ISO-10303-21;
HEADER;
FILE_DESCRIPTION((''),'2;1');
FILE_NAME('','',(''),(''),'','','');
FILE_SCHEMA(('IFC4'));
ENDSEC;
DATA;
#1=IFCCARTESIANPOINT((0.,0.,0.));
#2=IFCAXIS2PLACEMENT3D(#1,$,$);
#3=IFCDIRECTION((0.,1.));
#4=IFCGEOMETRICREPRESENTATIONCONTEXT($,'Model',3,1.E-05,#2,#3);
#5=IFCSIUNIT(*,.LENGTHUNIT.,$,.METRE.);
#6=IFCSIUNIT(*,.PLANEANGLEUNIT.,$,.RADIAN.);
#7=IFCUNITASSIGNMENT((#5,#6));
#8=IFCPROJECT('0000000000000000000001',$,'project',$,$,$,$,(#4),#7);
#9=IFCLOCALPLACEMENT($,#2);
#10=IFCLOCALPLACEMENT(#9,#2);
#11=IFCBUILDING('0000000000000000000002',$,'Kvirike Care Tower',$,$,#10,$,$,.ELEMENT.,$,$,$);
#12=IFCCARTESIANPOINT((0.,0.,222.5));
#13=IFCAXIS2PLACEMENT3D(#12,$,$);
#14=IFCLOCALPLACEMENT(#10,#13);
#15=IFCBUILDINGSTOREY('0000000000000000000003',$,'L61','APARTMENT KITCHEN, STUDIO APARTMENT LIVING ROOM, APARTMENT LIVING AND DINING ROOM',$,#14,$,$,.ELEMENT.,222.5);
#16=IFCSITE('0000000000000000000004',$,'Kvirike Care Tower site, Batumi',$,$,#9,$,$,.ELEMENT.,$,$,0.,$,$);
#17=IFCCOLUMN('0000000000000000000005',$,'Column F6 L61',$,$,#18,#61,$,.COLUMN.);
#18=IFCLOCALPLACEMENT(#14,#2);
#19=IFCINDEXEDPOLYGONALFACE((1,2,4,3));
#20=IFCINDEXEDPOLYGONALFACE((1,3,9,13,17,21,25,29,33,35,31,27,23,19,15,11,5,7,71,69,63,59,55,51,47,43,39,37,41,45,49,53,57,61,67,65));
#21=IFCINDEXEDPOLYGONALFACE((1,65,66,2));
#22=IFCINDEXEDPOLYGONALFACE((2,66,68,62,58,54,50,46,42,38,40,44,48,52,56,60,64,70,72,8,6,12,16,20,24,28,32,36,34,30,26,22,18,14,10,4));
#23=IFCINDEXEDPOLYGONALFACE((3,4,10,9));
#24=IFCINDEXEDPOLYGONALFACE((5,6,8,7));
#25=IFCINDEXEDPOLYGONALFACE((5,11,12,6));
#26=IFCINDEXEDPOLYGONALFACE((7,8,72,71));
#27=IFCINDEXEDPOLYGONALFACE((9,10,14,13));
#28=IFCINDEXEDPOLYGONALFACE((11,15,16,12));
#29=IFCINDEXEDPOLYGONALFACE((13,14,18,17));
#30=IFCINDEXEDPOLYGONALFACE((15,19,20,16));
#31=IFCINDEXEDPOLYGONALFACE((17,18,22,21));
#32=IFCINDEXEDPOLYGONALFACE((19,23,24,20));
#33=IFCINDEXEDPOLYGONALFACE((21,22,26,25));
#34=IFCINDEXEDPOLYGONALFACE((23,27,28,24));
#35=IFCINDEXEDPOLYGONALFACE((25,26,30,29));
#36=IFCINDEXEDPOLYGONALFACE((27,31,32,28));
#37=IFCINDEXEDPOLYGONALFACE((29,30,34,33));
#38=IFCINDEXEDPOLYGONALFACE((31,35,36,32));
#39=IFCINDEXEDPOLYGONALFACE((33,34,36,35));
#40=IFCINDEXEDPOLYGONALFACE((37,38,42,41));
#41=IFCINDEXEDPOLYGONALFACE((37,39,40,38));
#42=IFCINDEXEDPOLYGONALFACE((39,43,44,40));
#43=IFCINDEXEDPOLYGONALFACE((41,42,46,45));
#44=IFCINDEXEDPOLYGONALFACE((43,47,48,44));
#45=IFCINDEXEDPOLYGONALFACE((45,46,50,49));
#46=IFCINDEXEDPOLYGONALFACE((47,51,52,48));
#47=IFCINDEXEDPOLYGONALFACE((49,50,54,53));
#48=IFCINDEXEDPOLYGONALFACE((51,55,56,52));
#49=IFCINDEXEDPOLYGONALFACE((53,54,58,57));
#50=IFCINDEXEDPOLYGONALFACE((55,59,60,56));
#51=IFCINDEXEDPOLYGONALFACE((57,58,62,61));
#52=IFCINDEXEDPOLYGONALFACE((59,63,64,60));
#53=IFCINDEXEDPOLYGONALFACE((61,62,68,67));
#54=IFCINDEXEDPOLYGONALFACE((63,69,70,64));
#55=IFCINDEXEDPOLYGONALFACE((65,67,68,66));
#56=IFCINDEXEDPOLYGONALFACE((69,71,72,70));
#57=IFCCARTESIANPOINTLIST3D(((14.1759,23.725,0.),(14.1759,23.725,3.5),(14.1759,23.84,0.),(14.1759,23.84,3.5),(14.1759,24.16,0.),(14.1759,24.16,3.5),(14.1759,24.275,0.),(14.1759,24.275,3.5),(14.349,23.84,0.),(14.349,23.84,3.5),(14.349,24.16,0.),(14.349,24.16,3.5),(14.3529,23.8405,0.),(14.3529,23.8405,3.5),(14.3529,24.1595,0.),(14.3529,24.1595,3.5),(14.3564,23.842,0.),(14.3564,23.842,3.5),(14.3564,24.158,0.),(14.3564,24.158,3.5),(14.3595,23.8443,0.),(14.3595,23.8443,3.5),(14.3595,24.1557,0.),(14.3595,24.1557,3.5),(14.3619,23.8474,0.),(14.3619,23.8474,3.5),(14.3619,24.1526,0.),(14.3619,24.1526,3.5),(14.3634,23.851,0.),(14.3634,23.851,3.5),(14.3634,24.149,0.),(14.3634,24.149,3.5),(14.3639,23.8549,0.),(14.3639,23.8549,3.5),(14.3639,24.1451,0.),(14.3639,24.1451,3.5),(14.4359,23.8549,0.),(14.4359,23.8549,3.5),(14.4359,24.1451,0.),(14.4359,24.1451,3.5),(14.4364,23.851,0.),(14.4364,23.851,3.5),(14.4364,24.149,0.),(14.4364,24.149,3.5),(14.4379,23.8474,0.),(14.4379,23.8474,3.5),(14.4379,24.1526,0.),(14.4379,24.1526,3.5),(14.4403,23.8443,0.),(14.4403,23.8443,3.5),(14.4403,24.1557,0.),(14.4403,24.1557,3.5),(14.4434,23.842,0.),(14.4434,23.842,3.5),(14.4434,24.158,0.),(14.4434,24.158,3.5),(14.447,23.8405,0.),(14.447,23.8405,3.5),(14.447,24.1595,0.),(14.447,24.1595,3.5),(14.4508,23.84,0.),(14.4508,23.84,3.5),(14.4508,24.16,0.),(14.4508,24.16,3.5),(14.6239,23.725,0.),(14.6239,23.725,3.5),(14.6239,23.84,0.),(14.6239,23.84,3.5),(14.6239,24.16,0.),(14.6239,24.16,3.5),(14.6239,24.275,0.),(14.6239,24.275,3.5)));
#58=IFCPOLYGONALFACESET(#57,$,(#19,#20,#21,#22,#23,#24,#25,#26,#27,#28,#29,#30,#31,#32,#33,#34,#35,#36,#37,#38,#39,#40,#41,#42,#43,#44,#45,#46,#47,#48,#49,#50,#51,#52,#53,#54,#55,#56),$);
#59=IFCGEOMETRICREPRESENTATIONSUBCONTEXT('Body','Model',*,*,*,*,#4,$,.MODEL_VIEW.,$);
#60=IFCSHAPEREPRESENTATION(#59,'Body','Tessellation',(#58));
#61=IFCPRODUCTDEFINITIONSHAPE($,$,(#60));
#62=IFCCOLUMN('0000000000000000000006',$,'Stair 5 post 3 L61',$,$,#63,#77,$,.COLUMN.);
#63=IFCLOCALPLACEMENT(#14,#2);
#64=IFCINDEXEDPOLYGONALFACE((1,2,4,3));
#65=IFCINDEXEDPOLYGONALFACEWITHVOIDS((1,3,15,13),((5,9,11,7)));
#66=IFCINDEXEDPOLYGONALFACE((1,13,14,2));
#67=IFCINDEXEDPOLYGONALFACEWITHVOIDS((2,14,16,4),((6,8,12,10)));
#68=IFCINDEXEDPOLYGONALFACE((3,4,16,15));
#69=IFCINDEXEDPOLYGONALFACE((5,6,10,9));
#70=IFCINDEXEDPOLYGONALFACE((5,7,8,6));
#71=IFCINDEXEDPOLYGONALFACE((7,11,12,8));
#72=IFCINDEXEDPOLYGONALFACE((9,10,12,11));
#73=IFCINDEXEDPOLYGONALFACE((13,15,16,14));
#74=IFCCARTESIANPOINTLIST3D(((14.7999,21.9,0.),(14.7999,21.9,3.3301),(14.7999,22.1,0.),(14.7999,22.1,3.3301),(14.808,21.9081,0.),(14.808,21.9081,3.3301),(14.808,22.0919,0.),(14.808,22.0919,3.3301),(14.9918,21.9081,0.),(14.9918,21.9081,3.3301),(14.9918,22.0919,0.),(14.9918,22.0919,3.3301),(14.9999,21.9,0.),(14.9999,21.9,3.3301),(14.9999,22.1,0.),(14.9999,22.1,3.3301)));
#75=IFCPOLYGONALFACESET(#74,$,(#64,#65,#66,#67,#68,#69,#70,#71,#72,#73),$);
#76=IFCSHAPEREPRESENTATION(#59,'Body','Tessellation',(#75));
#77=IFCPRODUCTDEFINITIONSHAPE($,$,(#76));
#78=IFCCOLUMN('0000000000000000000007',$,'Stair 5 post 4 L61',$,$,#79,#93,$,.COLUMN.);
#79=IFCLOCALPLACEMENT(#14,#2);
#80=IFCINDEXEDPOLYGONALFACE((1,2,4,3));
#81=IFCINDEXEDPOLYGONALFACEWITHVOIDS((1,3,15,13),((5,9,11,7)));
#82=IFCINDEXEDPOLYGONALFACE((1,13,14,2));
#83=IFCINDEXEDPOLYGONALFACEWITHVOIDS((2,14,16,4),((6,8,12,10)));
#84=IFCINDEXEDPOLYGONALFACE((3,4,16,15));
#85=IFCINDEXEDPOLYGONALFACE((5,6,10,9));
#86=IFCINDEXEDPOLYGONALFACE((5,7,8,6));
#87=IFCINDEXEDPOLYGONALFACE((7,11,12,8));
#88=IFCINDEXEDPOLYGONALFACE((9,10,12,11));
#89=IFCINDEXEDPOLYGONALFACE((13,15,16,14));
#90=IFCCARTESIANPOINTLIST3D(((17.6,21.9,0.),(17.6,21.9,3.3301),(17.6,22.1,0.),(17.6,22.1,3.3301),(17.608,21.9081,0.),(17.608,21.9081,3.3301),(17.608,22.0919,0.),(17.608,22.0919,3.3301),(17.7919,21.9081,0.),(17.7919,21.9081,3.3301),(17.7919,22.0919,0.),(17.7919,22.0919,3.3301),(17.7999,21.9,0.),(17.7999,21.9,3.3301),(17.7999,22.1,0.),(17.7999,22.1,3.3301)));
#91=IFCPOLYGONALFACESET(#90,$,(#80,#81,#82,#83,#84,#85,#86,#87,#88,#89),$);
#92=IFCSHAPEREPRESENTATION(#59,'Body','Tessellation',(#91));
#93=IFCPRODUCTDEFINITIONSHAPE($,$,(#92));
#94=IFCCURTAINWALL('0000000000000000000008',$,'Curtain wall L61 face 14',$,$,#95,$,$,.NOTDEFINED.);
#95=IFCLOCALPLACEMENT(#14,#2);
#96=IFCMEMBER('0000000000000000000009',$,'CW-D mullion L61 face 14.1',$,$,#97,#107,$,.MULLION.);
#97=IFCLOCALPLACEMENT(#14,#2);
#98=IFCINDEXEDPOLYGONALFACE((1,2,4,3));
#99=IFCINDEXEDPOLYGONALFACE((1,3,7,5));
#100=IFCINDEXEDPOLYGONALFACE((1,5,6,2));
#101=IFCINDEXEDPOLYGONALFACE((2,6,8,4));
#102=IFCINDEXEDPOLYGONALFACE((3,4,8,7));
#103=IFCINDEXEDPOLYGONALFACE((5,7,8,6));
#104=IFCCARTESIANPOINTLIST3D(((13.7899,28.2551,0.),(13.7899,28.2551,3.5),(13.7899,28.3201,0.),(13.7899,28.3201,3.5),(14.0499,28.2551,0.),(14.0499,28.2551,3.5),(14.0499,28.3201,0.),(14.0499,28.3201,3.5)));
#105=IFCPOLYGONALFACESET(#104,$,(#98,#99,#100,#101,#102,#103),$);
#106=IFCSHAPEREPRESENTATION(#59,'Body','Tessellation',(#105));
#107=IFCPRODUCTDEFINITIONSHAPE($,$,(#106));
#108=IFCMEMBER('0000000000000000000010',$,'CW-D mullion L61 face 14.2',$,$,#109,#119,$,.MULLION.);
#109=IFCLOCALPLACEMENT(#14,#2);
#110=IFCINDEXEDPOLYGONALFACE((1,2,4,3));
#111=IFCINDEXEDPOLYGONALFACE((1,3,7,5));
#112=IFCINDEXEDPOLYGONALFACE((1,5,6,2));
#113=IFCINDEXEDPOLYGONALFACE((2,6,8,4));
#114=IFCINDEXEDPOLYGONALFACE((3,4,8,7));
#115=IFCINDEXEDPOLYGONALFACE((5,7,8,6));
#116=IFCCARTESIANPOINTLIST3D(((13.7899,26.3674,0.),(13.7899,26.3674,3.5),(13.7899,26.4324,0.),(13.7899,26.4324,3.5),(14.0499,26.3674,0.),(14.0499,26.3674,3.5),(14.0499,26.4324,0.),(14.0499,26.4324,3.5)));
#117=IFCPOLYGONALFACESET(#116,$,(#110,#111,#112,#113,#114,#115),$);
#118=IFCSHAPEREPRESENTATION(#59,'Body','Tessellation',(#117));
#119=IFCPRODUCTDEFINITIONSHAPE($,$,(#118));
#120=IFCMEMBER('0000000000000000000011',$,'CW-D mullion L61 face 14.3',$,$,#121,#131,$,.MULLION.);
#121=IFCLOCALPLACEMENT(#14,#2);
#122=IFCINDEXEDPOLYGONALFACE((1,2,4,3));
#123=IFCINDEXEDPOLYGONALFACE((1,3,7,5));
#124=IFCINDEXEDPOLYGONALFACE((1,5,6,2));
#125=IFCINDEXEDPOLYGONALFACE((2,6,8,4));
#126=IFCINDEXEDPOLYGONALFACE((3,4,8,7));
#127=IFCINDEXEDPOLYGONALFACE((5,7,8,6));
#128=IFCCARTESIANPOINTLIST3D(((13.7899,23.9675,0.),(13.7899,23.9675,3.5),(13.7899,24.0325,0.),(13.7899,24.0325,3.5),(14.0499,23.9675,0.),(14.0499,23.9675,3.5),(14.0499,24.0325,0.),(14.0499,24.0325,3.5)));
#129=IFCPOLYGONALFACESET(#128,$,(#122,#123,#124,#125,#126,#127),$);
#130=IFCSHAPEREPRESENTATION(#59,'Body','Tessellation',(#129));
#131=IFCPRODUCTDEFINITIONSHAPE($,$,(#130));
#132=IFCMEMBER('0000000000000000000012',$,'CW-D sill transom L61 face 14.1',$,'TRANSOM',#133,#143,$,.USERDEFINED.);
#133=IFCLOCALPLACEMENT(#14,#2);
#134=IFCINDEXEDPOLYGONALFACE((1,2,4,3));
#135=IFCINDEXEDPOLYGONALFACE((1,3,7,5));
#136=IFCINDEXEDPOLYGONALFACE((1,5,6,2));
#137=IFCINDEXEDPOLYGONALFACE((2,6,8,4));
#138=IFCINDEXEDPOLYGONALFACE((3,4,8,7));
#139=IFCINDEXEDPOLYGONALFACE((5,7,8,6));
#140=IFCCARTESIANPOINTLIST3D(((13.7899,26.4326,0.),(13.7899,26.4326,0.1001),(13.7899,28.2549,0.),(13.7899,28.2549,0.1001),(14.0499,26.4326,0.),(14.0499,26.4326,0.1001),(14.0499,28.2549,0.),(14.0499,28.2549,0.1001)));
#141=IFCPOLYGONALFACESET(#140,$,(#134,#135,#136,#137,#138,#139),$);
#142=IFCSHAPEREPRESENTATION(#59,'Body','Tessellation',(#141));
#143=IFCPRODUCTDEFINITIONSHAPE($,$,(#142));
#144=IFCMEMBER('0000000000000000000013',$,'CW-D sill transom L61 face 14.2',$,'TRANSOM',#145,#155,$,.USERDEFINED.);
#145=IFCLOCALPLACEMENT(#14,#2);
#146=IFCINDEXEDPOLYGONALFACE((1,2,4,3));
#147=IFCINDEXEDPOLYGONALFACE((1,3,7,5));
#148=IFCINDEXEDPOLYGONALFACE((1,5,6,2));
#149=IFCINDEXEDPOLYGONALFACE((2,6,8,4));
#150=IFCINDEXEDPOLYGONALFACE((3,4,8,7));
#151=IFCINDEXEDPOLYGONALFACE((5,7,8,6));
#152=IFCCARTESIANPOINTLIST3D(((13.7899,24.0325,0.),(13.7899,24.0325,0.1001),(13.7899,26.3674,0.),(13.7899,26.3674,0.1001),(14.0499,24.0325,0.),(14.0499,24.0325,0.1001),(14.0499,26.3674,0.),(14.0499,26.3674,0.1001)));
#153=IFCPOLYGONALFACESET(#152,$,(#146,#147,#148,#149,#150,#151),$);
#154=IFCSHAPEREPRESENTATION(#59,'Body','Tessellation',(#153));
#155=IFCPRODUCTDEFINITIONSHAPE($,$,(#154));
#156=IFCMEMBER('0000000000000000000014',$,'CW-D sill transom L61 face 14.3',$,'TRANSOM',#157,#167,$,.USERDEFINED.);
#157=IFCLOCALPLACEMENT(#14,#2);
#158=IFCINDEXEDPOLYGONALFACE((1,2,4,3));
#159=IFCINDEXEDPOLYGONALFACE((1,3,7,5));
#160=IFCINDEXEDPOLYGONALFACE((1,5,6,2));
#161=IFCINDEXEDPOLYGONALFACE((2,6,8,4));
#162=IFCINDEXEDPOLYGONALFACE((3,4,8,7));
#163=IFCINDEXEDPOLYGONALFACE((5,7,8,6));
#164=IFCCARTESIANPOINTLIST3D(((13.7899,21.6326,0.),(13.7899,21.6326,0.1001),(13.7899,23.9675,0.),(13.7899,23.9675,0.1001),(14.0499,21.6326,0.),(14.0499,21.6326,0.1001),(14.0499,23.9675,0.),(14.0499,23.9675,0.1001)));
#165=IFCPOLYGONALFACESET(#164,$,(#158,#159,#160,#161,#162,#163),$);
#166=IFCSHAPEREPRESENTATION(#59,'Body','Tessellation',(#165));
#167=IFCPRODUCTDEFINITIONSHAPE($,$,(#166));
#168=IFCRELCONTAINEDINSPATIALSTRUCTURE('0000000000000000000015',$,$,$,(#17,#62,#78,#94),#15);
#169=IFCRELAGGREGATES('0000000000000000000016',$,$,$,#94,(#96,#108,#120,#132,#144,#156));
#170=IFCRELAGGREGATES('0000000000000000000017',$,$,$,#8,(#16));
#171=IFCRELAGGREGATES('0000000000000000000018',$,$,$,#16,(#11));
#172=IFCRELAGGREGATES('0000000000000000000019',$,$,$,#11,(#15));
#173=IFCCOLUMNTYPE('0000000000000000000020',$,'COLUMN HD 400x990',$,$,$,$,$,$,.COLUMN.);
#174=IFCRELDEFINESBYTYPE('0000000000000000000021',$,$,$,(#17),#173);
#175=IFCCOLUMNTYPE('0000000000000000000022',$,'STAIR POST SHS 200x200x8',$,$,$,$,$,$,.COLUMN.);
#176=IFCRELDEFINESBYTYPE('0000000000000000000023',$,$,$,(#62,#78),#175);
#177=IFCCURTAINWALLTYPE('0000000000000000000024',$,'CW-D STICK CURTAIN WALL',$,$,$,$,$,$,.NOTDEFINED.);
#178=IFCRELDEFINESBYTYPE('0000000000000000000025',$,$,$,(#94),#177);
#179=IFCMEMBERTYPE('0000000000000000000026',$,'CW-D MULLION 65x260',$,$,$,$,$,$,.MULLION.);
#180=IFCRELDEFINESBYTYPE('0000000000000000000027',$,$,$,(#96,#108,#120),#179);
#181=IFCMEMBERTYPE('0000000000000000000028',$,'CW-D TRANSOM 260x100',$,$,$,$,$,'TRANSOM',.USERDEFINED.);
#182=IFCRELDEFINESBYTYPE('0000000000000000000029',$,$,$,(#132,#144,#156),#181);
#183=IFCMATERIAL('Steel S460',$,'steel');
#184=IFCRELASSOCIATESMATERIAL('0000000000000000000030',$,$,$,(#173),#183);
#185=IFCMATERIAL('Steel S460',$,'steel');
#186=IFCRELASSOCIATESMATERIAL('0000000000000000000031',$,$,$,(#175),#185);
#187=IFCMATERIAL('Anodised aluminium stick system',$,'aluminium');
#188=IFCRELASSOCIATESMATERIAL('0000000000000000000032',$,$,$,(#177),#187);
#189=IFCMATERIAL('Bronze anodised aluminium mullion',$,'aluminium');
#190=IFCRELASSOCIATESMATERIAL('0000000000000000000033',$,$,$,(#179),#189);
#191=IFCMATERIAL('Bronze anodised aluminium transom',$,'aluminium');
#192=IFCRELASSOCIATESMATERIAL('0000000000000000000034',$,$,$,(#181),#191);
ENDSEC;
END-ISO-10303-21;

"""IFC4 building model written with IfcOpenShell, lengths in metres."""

from ifc_helpers import new_model, si_unit, direction, frame, origin, origin_2d, place, context, subcontext, project, spatial, rectangle, hollow_rectangle, i_section, extrude, material, material_profile, profile_set, type_object, element, aggregate, save


model = new_model("IFC4")

# Units and contexts
model_context = context("Model", 3, precision=1e-05, world=origin(), true_north=direction((0.0, 1.0)))
body_context = subcontext(model_context, "Body", "Model", "MODEL_VIEW")
ifc_project = project(units=[si_unit("LENGTHUNIT", "METRE"), si_unit("PLANEANGLEUNIT", "RADIAN")], contexts=[model_context])

# Site, building, storey
site_placement = place(None, origin())
site = spatial("IfcSite", under=ifc_project, at=site_placement, Name="Kvirike Care Tower site, Batumi", CompositionType="ELEMENT", RefElevation=0.0)
building_placement = place(site_placement, origin())
building = spatial("IfcBuilding", under=site, at=building_placement, Name="Kvirike Care Tower", CompositionType="ELEMENT")
storey_placement = place(building_placement, frame((0.0, 0.0, 222.5)))
storey = spatial("IfcBuildingStorey", under=building, at=storey_placement, Name="L61", Description="APARTMENT KITCHEN, STUDIO APARTMENT LIVING ROOM, APARTMENT LIVING AND DINING ROOM", CompositionType="ELEMENT", Elevation=222.5)

# Columns
ifc_material_1 = material(Name="Steel S460", Category="steel")
ifc_material_profile_1 = material_profile(ifc_material_1, i_section(OverallWidth=0.448, OverallDepth=0.55, WebThickness=0.072, FlangeThickness=0.115, FilletRadius=0.0149, at=origin_2d()), Name="HD 400x990")
ifc_profile_set_1 = profile_set([ifc_material_profile_1], Name="Steel S460")
column_type_1 = type_object("IfcColumnType", Name="COLUMN HD 400x990", PredefinedType="COLUMN", material=ifc_profile_set_1)
column_placement = place(storey_placement, frame((14.3999, 24.0, 0.0), z_axis=(0.0, 0.0, 1.0), x_axis=(1.0, 0.0, 0.0)))
element("IfcColumn", 1, at=column_placement, inside=storey, type_object=column_type_1, Name="Column F6 L61", PredefinedType="COLUMN", context=body_context, shape_type="SweptSolid", body=[
    extrude(i_section(OverallWidth=0.448, OverallDepth=0.55, WebThickness=0.072, FlangeThickness=0.115, FilletRadius=0.0149, at=origin_2d()), origin(), (0.0, 0.0, 1.0), 3.5),
])
ifc_material_2 = material(Name="Steel S460", Category="steel")
ifc_material_profile_2 = material_profile(ifc_material_2, hollow_rectangle(XDim=0.2, YDim=0.2, WallThickness=0.0081, at=origin_2d()), Name="SHS 200x200x8")
ifc_profile_set_2 = profile_set([ifc_material_profile_2], Name="Steel S460")
column_type_2 = type_object("IfcColumnType", Name="STAIR POST SHS 200x200x8", PredefinedType="COLUMN", material=ifc_profile_set_2)
for number, where, z_axis, x_axis, name in (
    (2, (14.8999, 22.0, 0.0), (0.0, 0.0, 1.0), (1.0, 0.0, 0.0), "Stair 5 post 3 L61"),
    (3, (17.7, 22.0, 0.0), (0.0, 0.0, 1.0), (1.0, 0.0, 0.0), "Stair 5 post 4 L61"),
):
    element("IfcColumn", number, at=place(storey_placement, frame(where, z_axis=z_axis, x_axis=x_axis)), inside=storey, type_object=column_type_2, Name=name, PredefinedType="COLUMN", context=body_context, shape_type="SweptSolid", body=[
        extrude(hollow_rectangle(XDim=0.2, YDim=0.2, WallThickness=0.0081, at=origin_2d()), origin(), (0.0, 0.0, 1.0), 3.3301),
    ])

# Curtain wall, members
ifc_material_3 = material(Name="Anodised aluminium stick system", Category="aluminium")
curtain_wall_type = type_object("IfcCurtainWallType", Name="CW-D STICK CURTAIN WALL", PredefinedType="NOTDEFINED", material=ifc_material_3)
curtain_wall_placement = place(storey_placement, origin())
curtain_wall = element("IfcCurtainWall", 4, at=curtain_wall_placement, inside=storey, type_object=curtain_wall_type, Name="Curtain wall L61 face 14", PredefinedType="NOTDEFINED")
ifc_material_4 = material(Name="Bronze anodised aluminium mullion", Category="aluminium")
ifc_material_profile_3 = material_profile(ifc_material_4, rectangle(XDim=0.0649, YDim=0.26, at=origin_2d()), Name="CW-D MULLION 65x260")
ifc_profile_set_3 = profile_set([ifc_material_profile_3], Name="Bronze anodised aluminium mullion")
member_type_1 = type_object("IfcMemberType", Name="CW-D MULLION 65x260", PredefinedType="MULLION", material=ifc_profile_set_3)
member_1_placement = place(storey_placement, frame((13.9199, 28.2876, 0.0), z_axis=(0.0, 0.0, 1.0), x_axis=(0.0, -1.0, 0.0)))
member_1 = element("IfcMember", 5, at=member_1_placement, type_object=member_type_1, Name="CW-D mullion L61 face 14.1", PredefinedType="MULLION", context=body_context, shape_type="SweptSolid", body=[
    extrude(rectangle(XDim=0.0649, YDim=0.26, at=origin_2d()), origin(), (0.0, 0.0, 1.0), 3.5),
])
member_2_placement = place(storey_placement, frame((13.9199, 26.3999, 0.0), z_axis=(0.0, 0.0, 1.0), x_axis=(0.0, -1.0, 0.0)))
member_2 = element("IfcMember", 6, at=member_2_placement, type_object=member_type_1, Name="CW-D mullion L61 face 14.2", PredefinedType="MULLION", context=body_context, shape_type="SweptSolid", body=[
    extrude(rectangle(XDim=0.0649, YDim=0.26, at=origin_2d()), origin(), (0.0, 0.0, 1.0), 3.5),
])
member_3_placement = place(storey_placement, frame((13.9199, 24.0, 0.0), z_axis=(0.0, 0.0, 1.0), x_axis=(0.0, -1.0, 0.0)))
member_3 = element("IfcMember", 7, at=member_3_placement, type_object=member_type_1, Name="CW-D mullion L61 face 14.3", PredefinedType="MULLION", context=body_context, shape_type="SweptSolid", body=[
    extrude(rectangle(XDim=0.0649, YDim=0.26, at=origin_2d()), origin(), (0.0, 0.0, 1.0), 3.5),
])
ifc_material_5 = material(Name="Bronze anodised aluminium transom", Category="aluminium")
ifc_material_profile_4 = material_profile(ifc_material_5, rectangle(XDim=0.26, YDim=0.1001, at=origin_2d()), Name="CW-D TRANSOM 260x100")
ifc_profile_set_4 = profile_set([ifc_material_profile_4], Name="Bronze anodised aluminium transom")
member_type_2 = type_object("IfcMemberType", Name="CW-D TRANSOM 260x100", ElementType="TRANSOM", PredefinedType="USERDEFINED", material=ifc_profile_set_4)
member_4_placement = place(storey_placement, frame((13.9199, 28.2549, 0.05), z_axis=(0.0, -1.0, 0.0), x_axis=(1.0, 0.0, 0.0)))
member_4 = element("IfcMember", 8, at=member_4_placement, type_object=member_type_2, Name="CW-D sill transom L61 face 14.1", ObjectType="TRANSOM", PredefinedType="USERDEFINED", context=body_context, shape_type="SweptSolid", body=[
    extrude(rectangle(XDim=0.26, YDim=0.1001, at=origin_2d()), origin(), (0.0, 0.0, 1.0), 1.8223),
])
member_5_placement = place(storey_placement, frame((13.9199, 26.3674, 0.05), z_axis=(0.0, -1.0, 0.0), x_axis=(1.0, 0.0, 0.0)))
member_5 = element("IfcMember", 9, at=member_5_placement, type_object=member_type_2, Name="CW-D sill transom L61 face 14.2", ObjectType="TRANSOM", PredefinedType="USERDEFINED", context=body_context, shape_type="SweptSolid", body=[
    extrude(rectangle(XDim=0.26, YDim=0.1001, at=origin_2d()), origin(), (0.0, 0.0, 1.0), 2.335),
])
member_6_placement = place(storey_placement, frame((13.9199, 23.9675, 0.05), z_axis=(0.0, -1.0, 0.0), x_axis=(1.0, 0.0, 0.0)))
member_6 = element("IfcMember", 10, at=member_6_placement, type_object=member_type_2, Name="CW-D sill transom L61 face 14.3", ObjectType="TRANSOM", PredefinedType="USERDEFINED", context=body_context, shape_type="SweptSolid", body=[
    extrude(rectangle(XDim=0.26, YDim=0.1001, at=origin_2d()), origin(), (0.0, 0.0, 1.0), 2.335),
])

aggregate(curtain_wall, [member_1, member_2, member_3, member_4, member_5, member_6])

save(model, "model.ifc")
